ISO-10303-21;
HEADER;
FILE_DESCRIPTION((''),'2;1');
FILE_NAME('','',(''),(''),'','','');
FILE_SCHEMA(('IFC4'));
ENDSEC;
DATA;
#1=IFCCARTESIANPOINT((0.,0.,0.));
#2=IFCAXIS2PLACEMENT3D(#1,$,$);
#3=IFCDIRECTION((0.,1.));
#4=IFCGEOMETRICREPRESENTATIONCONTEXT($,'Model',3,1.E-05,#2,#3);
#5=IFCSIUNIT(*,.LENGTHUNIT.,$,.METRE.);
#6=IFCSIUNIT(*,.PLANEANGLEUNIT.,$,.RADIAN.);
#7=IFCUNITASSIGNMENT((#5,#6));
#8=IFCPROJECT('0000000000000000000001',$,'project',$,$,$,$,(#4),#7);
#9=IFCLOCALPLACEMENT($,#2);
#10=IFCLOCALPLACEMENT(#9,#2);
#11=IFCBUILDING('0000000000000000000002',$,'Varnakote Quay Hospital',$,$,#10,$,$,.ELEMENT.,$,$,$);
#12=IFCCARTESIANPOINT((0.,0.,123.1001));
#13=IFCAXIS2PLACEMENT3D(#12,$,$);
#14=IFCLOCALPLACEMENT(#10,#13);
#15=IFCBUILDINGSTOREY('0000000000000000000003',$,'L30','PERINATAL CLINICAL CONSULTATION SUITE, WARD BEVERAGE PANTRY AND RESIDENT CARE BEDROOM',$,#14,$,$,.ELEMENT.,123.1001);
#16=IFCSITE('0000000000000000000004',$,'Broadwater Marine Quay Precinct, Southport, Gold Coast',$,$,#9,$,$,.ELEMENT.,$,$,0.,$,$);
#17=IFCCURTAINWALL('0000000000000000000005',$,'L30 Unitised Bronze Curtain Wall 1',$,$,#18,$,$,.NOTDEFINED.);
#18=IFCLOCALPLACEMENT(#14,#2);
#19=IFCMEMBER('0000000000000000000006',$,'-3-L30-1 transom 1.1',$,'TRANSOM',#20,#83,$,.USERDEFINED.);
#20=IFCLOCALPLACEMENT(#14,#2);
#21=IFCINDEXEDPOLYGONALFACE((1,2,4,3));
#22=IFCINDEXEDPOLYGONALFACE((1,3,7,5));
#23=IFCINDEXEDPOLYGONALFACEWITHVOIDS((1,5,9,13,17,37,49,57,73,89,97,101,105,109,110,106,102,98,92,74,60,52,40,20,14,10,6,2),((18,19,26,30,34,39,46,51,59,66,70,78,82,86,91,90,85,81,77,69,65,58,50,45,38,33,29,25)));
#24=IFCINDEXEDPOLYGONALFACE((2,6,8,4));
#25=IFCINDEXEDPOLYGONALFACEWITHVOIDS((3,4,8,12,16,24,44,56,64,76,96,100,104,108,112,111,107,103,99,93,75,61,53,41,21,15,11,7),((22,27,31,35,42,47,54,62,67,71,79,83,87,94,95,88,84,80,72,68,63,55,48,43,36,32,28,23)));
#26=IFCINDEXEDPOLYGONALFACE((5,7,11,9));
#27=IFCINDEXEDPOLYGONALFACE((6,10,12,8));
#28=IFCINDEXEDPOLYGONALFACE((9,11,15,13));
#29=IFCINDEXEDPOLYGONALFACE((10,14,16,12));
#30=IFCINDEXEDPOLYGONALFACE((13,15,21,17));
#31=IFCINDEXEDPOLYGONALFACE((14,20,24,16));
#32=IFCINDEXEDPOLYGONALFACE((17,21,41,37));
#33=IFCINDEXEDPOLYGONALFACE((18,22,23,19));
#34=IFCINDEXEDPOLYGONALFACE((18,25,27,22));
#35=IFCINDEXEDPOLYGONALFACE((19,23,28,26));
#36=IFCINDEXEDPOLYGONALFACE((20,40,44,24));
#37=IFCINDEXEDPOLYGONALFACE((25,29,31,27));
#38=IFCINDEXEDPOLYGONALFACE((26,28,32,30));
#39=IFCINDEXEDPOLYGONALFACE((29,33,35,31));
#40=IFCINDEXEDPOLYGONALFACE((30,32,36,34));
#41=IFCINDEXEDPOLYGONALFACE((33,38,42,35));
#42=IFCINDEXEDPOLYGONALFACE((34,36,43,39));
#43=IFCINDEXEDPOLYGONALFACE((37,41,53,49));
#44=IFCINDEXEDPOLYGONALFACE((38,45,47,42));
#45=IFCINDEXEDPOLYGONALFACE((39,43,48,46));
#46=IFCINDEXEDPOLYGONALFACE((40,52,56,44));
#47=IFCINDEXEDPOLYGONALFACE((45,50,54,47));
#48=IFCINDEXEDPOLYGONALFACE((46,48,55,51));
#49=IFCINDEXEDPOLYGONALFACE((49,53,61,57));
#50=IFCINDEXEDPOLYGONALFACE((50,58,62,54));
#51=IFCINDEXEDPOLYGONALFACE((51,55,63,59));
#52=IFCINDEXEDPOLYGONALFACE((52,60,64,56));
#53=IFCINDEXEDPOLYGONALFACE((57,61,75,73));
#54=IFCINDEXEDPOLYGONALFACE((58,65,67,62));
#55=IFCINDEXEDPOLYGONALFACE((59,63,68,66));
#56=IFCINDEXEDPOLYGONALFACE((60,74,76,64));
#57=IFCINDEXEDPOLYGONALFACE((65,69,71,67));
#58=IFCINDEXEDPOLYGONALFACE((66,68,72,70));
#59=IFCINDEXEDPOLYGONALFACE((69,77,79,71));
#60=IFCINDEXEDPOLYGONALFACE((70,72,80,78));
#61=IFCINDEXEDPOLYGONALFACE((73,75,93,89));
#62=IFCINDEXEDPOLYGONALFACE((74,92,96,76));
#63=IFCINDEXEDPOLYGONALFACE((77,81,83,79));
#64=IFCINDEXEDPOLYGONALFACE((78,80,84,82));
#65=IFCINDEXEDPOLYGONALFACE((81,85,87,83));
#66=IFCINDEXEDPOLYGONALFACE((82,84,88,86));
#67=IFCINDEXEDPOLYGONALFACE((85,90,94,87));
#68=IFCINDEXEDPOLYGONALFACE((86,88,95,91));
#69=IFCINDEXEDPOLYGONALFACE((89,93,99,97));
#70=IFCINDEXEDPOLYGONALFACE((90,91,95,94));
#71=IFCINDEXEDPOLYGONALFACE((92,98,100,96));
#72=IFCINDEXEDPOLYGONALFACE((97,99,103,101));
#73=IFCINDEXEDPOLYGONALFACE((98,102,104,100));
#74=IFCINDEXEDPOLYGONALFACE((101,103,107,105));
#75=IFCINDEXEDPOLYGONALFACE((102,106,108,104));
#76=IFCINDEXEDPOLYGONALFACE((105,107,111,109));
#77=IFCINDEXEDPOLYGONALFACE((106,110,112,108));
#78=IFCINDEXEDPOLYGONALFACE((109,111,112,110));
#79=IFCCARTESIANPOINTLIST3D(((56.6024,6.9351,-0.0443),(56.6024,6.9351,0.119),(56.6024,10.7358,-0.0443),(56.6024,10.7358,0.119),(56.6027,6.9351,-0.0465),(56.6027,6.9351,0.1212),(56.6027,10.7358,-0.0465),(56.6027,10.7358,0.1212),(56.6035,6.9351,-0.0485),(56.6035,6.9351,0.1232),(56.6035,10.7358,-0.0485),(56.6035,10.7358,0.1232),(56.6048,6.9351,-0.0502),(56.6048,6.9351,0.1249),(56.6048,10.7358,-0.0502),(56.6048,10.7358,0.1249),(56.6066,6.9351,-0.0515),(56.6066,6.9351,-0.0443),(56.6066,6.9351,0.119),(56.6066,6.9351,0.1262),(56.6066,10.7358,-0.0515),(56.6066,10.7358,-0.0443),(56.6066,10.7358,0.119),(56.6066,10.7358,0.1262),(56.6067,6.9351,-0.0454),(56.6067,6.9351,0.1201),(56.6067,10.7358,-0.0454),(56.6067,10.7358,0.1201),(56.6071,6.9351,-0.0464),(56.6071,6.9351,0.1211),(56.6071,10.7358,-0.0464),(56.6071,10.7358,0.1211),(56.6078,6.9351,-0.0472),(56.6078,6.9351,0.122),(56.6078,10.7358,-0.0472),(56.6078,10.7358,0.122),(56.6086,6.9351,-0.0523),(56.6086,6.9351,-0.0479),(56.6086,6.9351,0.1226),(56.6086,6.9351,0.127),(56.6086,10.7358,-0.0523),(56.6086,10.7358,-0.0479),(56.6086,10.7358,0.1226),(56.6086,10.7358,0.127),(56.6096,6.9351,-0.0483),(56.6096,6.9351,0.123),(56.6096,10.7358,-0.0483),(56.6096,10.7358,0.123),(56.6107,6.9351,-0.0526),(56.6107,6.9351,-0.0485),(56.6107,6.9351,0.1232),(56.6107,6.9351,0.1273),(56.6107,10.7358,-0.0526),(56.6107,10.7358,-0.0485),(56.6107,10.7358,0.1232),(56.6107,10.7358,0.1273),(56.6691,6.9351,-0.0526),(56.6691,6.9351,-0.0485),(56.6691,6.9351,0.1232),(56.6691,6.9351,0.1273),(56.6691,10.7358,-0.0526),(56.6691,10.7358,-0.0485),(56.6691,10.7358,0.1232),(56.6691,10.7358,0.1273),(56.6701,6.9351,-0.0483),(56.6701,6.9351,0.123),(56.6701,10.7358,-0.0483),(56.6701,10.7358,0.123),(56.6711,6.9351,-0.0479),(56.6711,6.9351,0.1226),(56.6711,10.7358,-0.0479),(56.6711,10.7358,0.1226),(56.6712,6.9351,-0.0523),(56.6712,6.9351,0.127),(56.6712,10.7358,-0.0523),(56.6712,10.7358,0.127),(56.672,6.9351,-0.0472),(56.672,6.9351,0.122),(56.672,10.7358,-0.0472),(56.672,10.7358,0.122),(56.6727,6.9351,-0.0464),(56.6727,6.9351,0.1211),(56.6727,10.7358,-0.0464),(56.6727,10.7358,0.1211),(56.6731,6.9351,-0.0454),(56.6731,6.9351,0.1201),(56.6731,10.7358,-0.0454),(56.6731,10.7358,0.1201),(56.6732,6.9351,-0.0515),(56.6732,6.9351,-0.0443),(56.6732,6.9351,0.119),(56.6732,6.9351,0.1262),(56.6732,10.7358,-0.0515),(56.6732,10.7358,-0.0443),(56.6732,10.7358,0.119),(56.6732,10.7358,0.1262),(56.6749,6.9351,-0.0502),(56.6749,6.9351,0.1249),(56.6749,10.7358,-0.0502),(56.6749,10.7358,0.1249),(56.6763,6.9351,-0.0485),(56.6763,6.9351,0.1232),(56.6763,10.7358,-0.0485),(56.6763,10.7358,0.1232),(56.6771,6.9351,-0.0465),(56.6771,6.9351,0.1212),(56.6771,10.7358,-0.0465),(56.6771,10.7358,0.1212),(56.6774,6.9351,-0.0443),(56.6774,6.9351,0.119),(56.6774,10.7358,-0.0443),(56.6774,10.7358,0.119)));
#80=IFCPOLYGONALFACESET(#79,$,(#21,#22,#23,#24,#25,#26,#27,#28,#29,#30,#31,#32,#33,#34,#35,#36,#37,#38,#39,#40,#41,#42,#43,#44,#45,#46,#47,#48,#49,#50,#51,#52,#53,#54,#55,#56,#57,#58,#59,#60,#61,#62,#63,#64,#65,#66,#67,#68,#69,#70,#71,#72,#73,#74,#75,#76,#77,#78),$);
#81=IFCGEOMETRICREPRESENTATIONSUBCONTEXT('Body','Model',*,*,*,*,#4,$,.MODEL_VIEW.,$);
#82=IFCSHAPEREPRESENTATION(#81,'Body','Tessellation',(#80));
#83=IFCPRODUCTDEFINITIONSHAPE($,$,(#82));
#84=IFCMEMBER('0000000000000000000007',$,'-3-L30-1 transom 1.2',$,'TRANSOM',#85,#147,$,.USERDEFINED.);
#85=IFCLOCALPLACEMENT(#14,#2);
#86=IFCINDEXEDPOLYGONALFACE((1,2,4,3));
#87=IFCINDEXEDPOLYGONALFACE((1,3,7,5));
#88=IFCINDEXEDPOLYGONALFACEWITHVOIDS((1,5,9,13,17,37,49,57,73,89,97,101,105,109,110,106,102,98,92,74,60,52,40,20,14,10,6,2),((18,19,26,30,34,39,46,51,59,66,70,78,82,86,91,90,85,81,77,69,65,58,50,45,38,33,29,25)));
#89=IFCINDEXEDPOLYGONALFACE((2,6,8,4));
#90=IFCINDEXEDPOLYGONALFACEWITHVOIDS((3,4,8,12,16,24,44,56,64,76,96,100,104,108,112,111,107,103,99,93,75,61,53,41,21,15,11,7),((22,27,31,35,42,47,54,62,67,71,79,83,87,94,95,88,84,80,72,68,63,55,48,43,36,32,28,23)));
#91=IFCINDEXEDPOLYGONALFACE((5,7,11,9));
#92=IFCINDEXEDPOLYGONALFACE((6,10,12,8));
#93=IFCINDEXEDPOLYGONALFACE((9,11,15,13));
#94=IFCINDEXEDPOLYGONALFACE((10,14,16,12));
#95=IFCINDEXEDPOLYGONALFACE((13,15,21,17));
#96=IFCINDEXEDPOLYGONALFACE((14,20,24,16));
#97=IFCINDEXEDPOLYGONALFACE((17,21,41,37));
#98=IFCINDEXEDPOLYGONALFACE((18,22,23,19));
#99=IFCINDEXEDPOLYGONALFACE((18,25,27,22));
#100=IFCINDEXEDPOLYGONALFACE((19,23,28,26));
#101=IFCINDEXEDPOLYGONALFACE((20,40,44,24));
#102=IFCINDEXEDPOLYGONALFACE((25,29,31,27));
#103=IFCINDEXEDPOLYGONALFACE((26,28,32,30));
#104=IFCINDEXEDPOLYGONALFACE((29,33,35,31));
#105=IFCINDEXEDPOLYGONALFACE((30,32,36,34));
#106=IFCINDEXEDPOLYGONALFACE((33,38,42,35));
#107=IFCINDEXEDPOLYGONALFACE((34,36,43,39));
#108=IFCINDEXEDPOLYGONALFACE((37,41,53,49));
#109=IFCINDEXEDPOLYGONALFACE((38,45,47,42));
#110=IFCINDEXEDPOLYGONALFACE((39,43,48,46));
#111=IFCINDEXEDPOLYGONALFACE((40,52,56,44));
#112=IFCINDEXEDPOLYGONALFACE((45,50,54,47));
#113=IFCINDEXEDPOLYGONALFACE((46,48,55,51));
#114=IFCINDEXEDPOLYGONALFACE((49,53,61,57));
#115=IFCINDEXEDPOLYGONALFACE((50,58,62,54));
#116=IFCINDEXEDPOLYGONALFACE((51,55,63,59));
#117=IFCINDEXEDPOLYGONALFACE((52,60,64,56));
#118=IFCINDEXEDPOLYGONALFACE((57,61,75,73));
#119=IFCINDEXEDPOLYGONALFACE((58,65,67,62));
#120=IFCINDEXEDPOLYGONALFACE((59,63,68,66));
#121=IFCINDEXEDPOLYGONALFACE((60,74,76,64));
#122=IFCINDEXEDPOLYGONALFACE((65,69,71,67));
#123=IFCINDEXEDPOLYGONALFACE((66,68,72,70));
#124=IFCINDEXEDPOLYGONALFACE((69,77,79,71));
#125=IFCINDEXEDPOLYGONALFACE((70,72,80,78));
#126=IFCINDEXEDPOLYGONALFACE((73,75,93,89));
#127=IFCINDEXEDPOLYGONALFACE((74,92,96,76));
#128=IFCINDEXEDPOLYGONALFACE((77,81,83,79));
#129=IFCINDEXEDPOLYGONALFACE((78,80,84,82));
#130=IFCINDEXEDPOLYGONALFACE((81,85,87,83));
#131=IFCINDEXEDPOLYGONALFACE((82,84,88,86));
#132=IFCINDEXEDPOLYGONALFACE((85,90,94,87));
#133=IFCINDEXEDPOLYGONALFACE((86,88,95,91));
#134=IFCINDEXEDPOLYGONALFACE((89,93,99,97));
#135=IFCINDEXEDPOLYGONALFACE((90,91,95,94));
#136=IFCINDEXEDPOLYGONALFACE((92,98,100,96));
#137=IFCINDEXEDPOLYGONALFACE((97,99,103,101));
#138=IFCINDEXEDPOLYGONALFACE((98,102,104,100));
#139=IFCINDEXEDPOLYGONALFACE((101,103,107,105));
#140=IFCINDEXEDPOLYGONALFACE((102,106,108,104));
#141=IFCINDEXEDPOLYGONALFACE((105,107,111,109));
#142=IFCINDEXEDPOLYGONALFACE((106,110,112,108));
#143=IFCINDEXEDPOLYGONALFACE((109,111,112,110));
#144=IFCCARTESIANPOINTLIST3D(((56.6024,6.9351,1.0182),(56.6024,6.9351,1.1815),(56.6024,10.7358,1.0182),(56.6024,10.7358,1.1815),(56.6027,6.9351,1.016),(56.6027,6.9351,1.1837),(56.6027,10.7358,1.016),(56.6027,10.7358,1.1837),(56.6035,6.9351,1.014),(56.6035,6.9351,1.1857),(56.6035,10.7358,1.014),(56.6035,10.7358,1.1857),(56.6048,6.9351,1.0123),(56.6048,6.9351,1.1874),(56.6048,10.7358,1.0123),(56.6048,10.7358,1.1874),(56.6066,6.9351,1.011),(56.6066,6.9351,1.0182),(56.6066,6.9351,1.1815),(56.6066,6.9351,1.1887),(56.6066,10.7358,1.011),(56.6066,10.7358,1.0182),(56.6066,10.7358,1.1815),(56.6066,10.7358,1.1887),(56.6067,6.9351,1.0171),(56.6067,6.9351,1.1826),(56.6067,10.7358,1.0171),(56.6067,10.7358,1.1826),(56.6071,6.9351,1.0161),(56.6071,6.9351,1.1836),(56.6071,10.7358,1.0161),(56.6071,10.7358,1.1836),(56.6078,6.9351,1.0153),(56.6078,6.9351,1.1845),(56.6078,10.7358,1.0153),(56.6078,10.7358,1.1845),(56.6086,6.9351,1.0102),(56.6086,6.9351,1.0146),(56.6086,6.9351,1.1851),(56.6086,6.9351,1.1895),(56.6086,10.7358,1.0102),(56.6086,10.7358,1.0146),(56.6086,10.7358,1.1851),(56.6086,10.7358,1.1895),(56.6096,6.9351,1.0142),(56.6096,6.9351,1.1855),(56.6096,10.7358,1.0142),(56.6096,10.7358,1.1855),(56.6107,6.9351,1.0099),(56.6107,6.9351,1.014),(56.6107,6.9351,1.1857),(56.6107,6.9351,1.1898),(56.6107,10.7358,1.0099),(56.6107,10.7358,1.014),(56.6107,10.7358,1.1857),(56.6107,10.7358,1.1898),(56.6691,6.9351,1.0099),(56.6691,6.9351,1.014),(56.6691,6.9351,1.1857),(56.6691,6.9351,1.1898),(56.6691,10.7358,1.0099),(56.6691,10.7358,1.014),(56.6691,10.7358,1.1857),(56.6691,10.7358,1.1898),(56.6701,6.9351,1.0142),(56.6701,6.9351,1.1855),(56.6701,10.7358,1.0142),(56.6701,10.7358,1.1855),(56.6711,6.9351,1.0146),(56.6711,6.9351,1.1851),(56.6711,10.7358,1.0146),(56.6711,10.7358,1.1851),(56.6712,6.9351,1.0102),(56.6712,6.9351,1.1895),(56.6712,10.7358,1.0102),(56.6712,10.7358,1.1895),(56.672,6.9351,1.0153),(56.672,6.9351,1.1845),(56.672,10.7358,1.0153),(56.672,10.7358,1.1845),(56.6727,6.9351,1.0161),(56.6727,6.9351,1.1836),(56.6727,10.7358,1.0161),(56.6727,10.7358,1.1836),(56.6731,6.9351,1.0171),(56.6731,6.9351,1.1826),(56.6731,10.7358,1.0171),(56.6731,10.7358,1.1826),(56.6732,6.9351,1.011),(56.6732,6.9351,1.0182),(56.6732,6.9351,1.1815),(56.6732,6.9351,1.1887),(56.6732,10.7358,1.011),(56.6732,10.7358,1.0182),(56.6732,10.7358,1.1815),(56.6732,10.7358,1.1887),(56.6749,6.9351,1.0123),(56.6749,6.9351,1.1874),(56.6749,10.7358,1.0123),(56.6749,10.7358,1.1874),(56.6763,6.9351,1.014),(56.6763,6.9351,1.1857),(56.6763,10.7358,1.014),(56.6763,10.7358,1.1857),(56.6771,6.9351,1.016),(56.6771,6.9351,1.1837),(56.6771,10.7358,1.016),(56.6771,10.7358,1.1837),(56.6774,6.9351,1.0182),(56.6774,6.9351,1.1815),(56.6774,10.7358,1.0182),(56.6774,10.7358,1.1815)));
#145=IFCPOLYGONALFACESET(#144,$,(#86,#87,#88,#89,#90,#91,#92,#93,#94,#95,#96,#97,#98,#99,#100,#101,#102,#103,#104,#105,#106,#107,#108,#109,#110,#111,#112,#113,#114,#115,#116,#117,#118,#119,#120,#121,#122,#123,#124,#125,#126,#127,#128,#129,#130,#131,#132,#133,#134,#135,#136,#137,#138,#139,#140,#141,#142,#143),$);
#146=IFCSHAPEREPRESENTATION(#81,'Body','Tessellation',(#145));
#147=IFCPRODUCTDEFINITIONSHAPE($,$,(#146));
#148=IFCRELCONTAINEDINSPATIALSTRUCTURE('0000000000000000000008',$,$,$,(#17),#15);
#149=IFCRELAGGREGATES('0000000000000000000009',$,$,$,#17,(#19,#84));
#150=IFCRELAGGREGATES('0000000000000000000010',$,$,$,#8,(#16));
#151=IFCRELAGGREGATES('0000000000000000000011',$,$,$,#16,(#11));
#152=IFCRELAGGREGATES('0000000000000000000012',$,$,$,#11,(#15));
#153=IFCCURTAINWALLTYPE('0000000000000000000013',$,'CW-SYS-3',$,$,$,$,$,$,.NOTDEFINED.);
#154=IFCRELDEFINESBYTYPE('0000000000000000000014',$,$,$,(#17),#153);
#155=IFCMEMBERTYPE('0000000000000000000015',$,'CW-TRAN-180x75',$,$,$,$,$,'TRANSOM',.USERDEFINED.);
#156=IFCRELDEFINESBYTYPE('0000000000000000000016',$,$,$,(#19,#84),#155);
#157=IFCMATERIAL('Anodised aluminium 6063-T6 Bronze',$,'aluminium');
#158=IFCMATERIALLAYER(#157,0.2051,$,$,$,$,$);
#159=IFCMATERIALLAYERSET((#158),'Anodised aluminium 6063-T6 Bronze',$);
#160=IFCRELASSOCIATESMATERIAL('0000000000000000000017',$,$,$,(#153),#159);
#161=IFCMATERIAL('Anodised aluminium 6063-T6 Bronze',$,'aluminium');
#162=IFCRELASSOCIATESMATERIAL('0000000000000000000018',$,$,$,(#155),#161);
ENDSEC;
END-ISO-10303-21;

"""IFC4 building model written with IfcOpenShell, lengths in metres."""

from ifc_helpers import new_model, si_unit, direction, frame, origin, origin_2d, place, context, subcontext, project, spatial, hollow_rectangle, extrude, material, layer, layer_set, material_profile, profile_set, type_object, element, aggregate, save


model = new_model("IFC4")

# Units and contexts
model_context = context("Model", 3, precision=1e-05, world=origin(), true_north=direction((0.0, 1.0)))
body_context = subcontext(model_context, "Body", "Model", "MODEL_VIEW")
ifc_project = project(units=[si_unit("LENGTHUNIT", "METRE"), si_unit("PLANEANGLEUNIT", "RADIAN")], contexts=[model_context])

# Site, building, storey
site_placement = place(None, origin())
site = spatial("IfcSite", under=ifc_project, at=site_placement, Name="Broadwater Marine Quay Precinct, Southport, Gold Coast", CompositionType="ELEMENT", RefElevation=0.0)
building_placement = place(site_placement, origin())
building = spatial("IfcBuilding", under=site, at=building_placement, Name="Varnakote Quay Hospital", CompositionType="ELEMENT")
storey_placement = place(building_placement, frame((0.0, 0.0, 123.1001)))
storey = spatial("IfcBuildingStorey", under=building, at=storey_placement, Name="L30", Description="PERINATAL CLINICAL CONSULTATION SUITE, WARD BEVERAGE PANTRY AND RESIDENT CARE BEDROOM", CompositionType="ELEMENT", Elevation=123.1001)

# Curtain wall, members
ifc_material_1 = material(Name="Anodised aluminium 6063-T6 Bronze", Category="aluminium")
ifc_layer_1 = layer(ifc_material_1, 0.2051)
ifc_layer_set_1 = layer_set([ifc_layer_1], Name="Anodised aluminium 6063-T6 Bronze")
curtain_wall_type = type_object("IfcCurtainWallType", Name="CW-SYS-3", PredefinedType="NOTDEFINED", material=ifc_layer_set_1)
curtain_wall_placement = place(storey_placement, origin())
curtain_wall = element("IfcCurtainWall", 1, at=curtain_wall_placement, inside=storey, type_object=curtain_wall_type, Name="L30 Unitised Bronze Curtain Wall 1", PredefinedType="NOTDEFINED")
ifc_material_2 = material(Name="Anodised aluminium 6063-T6 Bronze", Category="aluminium")
ifc_material_profile_1 = material_profile(ifc_material_2, hollow_rectangle(XDim=0.075, YDim=0.1799, WallThickness=0.0042, InnerFilletRadius=0.0042, OuterFilletRadius=0.0083, at=origin_2d()), Name="CW-TRAN-180x75")
ifc_profile_set_1 = profile_set([ifc_material_profile_1], Name="Anodised aluminium 6063-T6 Bronze")
member_type_1 = type_object("IfcMemberType", Name="CW-TRAN-180x75", ElementType="TRANSOM", PredefinedType="USERDEFINED", material=ifc_profile_set_1)
member_1_placement = place(storey_placement, frame((56.6399, 6.9351, 0.0374), z_axis=(0.0, 1.0, 0.0), x_axis=(-1.0, 0.0, 0.0)))
member_1 = element("IfcMember", 2, at=member_1_placement, type_object=member_type_1, Name="-3-L30-1 transom 1.1", ObjectType="TRANSOM", PredefinedType="USERDEFINED", context=body_context, shape_type="SweptSolid", body=[
    extrude(hollow_rectangle(XDim=0.075, YDim=0.1799, WallThickness=0.0042, InnerFilletRadius=0.0042, OuterFilletRadius=0.0083, at=origin_2d()), origin(), (0.0, 0.0, 1.0), 3.8008),
])
member_2_placement = place(storey_placement, frame((56.6399, 6.9351, 1.0999), z_axis=(0.0, 1.0, 0.0), x_axis=(-1.0, 0.0, 0.0)))
member_2 = element("IfcMember", 3, at=member_2_placement, type_object=member_type_1, Name="-3-L30-1 transom 1.2", ObjectType="TRANSOM", PredefinedType="USERDEFINED", context=body_context, shape_type="SweptSolid", body=[
    extrude(hollow_rectangle(XDim=0.075, YDim=0.1799, WallThickness=0.0042, InnerFilletRadius=0.0042, OuterFilletRadius=0.0083, at=origin_2d()), origin(), (0.0, 0.0, 1.0), 3.8008),
])
aggregate(curtain_wall, [member_1, member_2])

save(model, "model.ifc")
